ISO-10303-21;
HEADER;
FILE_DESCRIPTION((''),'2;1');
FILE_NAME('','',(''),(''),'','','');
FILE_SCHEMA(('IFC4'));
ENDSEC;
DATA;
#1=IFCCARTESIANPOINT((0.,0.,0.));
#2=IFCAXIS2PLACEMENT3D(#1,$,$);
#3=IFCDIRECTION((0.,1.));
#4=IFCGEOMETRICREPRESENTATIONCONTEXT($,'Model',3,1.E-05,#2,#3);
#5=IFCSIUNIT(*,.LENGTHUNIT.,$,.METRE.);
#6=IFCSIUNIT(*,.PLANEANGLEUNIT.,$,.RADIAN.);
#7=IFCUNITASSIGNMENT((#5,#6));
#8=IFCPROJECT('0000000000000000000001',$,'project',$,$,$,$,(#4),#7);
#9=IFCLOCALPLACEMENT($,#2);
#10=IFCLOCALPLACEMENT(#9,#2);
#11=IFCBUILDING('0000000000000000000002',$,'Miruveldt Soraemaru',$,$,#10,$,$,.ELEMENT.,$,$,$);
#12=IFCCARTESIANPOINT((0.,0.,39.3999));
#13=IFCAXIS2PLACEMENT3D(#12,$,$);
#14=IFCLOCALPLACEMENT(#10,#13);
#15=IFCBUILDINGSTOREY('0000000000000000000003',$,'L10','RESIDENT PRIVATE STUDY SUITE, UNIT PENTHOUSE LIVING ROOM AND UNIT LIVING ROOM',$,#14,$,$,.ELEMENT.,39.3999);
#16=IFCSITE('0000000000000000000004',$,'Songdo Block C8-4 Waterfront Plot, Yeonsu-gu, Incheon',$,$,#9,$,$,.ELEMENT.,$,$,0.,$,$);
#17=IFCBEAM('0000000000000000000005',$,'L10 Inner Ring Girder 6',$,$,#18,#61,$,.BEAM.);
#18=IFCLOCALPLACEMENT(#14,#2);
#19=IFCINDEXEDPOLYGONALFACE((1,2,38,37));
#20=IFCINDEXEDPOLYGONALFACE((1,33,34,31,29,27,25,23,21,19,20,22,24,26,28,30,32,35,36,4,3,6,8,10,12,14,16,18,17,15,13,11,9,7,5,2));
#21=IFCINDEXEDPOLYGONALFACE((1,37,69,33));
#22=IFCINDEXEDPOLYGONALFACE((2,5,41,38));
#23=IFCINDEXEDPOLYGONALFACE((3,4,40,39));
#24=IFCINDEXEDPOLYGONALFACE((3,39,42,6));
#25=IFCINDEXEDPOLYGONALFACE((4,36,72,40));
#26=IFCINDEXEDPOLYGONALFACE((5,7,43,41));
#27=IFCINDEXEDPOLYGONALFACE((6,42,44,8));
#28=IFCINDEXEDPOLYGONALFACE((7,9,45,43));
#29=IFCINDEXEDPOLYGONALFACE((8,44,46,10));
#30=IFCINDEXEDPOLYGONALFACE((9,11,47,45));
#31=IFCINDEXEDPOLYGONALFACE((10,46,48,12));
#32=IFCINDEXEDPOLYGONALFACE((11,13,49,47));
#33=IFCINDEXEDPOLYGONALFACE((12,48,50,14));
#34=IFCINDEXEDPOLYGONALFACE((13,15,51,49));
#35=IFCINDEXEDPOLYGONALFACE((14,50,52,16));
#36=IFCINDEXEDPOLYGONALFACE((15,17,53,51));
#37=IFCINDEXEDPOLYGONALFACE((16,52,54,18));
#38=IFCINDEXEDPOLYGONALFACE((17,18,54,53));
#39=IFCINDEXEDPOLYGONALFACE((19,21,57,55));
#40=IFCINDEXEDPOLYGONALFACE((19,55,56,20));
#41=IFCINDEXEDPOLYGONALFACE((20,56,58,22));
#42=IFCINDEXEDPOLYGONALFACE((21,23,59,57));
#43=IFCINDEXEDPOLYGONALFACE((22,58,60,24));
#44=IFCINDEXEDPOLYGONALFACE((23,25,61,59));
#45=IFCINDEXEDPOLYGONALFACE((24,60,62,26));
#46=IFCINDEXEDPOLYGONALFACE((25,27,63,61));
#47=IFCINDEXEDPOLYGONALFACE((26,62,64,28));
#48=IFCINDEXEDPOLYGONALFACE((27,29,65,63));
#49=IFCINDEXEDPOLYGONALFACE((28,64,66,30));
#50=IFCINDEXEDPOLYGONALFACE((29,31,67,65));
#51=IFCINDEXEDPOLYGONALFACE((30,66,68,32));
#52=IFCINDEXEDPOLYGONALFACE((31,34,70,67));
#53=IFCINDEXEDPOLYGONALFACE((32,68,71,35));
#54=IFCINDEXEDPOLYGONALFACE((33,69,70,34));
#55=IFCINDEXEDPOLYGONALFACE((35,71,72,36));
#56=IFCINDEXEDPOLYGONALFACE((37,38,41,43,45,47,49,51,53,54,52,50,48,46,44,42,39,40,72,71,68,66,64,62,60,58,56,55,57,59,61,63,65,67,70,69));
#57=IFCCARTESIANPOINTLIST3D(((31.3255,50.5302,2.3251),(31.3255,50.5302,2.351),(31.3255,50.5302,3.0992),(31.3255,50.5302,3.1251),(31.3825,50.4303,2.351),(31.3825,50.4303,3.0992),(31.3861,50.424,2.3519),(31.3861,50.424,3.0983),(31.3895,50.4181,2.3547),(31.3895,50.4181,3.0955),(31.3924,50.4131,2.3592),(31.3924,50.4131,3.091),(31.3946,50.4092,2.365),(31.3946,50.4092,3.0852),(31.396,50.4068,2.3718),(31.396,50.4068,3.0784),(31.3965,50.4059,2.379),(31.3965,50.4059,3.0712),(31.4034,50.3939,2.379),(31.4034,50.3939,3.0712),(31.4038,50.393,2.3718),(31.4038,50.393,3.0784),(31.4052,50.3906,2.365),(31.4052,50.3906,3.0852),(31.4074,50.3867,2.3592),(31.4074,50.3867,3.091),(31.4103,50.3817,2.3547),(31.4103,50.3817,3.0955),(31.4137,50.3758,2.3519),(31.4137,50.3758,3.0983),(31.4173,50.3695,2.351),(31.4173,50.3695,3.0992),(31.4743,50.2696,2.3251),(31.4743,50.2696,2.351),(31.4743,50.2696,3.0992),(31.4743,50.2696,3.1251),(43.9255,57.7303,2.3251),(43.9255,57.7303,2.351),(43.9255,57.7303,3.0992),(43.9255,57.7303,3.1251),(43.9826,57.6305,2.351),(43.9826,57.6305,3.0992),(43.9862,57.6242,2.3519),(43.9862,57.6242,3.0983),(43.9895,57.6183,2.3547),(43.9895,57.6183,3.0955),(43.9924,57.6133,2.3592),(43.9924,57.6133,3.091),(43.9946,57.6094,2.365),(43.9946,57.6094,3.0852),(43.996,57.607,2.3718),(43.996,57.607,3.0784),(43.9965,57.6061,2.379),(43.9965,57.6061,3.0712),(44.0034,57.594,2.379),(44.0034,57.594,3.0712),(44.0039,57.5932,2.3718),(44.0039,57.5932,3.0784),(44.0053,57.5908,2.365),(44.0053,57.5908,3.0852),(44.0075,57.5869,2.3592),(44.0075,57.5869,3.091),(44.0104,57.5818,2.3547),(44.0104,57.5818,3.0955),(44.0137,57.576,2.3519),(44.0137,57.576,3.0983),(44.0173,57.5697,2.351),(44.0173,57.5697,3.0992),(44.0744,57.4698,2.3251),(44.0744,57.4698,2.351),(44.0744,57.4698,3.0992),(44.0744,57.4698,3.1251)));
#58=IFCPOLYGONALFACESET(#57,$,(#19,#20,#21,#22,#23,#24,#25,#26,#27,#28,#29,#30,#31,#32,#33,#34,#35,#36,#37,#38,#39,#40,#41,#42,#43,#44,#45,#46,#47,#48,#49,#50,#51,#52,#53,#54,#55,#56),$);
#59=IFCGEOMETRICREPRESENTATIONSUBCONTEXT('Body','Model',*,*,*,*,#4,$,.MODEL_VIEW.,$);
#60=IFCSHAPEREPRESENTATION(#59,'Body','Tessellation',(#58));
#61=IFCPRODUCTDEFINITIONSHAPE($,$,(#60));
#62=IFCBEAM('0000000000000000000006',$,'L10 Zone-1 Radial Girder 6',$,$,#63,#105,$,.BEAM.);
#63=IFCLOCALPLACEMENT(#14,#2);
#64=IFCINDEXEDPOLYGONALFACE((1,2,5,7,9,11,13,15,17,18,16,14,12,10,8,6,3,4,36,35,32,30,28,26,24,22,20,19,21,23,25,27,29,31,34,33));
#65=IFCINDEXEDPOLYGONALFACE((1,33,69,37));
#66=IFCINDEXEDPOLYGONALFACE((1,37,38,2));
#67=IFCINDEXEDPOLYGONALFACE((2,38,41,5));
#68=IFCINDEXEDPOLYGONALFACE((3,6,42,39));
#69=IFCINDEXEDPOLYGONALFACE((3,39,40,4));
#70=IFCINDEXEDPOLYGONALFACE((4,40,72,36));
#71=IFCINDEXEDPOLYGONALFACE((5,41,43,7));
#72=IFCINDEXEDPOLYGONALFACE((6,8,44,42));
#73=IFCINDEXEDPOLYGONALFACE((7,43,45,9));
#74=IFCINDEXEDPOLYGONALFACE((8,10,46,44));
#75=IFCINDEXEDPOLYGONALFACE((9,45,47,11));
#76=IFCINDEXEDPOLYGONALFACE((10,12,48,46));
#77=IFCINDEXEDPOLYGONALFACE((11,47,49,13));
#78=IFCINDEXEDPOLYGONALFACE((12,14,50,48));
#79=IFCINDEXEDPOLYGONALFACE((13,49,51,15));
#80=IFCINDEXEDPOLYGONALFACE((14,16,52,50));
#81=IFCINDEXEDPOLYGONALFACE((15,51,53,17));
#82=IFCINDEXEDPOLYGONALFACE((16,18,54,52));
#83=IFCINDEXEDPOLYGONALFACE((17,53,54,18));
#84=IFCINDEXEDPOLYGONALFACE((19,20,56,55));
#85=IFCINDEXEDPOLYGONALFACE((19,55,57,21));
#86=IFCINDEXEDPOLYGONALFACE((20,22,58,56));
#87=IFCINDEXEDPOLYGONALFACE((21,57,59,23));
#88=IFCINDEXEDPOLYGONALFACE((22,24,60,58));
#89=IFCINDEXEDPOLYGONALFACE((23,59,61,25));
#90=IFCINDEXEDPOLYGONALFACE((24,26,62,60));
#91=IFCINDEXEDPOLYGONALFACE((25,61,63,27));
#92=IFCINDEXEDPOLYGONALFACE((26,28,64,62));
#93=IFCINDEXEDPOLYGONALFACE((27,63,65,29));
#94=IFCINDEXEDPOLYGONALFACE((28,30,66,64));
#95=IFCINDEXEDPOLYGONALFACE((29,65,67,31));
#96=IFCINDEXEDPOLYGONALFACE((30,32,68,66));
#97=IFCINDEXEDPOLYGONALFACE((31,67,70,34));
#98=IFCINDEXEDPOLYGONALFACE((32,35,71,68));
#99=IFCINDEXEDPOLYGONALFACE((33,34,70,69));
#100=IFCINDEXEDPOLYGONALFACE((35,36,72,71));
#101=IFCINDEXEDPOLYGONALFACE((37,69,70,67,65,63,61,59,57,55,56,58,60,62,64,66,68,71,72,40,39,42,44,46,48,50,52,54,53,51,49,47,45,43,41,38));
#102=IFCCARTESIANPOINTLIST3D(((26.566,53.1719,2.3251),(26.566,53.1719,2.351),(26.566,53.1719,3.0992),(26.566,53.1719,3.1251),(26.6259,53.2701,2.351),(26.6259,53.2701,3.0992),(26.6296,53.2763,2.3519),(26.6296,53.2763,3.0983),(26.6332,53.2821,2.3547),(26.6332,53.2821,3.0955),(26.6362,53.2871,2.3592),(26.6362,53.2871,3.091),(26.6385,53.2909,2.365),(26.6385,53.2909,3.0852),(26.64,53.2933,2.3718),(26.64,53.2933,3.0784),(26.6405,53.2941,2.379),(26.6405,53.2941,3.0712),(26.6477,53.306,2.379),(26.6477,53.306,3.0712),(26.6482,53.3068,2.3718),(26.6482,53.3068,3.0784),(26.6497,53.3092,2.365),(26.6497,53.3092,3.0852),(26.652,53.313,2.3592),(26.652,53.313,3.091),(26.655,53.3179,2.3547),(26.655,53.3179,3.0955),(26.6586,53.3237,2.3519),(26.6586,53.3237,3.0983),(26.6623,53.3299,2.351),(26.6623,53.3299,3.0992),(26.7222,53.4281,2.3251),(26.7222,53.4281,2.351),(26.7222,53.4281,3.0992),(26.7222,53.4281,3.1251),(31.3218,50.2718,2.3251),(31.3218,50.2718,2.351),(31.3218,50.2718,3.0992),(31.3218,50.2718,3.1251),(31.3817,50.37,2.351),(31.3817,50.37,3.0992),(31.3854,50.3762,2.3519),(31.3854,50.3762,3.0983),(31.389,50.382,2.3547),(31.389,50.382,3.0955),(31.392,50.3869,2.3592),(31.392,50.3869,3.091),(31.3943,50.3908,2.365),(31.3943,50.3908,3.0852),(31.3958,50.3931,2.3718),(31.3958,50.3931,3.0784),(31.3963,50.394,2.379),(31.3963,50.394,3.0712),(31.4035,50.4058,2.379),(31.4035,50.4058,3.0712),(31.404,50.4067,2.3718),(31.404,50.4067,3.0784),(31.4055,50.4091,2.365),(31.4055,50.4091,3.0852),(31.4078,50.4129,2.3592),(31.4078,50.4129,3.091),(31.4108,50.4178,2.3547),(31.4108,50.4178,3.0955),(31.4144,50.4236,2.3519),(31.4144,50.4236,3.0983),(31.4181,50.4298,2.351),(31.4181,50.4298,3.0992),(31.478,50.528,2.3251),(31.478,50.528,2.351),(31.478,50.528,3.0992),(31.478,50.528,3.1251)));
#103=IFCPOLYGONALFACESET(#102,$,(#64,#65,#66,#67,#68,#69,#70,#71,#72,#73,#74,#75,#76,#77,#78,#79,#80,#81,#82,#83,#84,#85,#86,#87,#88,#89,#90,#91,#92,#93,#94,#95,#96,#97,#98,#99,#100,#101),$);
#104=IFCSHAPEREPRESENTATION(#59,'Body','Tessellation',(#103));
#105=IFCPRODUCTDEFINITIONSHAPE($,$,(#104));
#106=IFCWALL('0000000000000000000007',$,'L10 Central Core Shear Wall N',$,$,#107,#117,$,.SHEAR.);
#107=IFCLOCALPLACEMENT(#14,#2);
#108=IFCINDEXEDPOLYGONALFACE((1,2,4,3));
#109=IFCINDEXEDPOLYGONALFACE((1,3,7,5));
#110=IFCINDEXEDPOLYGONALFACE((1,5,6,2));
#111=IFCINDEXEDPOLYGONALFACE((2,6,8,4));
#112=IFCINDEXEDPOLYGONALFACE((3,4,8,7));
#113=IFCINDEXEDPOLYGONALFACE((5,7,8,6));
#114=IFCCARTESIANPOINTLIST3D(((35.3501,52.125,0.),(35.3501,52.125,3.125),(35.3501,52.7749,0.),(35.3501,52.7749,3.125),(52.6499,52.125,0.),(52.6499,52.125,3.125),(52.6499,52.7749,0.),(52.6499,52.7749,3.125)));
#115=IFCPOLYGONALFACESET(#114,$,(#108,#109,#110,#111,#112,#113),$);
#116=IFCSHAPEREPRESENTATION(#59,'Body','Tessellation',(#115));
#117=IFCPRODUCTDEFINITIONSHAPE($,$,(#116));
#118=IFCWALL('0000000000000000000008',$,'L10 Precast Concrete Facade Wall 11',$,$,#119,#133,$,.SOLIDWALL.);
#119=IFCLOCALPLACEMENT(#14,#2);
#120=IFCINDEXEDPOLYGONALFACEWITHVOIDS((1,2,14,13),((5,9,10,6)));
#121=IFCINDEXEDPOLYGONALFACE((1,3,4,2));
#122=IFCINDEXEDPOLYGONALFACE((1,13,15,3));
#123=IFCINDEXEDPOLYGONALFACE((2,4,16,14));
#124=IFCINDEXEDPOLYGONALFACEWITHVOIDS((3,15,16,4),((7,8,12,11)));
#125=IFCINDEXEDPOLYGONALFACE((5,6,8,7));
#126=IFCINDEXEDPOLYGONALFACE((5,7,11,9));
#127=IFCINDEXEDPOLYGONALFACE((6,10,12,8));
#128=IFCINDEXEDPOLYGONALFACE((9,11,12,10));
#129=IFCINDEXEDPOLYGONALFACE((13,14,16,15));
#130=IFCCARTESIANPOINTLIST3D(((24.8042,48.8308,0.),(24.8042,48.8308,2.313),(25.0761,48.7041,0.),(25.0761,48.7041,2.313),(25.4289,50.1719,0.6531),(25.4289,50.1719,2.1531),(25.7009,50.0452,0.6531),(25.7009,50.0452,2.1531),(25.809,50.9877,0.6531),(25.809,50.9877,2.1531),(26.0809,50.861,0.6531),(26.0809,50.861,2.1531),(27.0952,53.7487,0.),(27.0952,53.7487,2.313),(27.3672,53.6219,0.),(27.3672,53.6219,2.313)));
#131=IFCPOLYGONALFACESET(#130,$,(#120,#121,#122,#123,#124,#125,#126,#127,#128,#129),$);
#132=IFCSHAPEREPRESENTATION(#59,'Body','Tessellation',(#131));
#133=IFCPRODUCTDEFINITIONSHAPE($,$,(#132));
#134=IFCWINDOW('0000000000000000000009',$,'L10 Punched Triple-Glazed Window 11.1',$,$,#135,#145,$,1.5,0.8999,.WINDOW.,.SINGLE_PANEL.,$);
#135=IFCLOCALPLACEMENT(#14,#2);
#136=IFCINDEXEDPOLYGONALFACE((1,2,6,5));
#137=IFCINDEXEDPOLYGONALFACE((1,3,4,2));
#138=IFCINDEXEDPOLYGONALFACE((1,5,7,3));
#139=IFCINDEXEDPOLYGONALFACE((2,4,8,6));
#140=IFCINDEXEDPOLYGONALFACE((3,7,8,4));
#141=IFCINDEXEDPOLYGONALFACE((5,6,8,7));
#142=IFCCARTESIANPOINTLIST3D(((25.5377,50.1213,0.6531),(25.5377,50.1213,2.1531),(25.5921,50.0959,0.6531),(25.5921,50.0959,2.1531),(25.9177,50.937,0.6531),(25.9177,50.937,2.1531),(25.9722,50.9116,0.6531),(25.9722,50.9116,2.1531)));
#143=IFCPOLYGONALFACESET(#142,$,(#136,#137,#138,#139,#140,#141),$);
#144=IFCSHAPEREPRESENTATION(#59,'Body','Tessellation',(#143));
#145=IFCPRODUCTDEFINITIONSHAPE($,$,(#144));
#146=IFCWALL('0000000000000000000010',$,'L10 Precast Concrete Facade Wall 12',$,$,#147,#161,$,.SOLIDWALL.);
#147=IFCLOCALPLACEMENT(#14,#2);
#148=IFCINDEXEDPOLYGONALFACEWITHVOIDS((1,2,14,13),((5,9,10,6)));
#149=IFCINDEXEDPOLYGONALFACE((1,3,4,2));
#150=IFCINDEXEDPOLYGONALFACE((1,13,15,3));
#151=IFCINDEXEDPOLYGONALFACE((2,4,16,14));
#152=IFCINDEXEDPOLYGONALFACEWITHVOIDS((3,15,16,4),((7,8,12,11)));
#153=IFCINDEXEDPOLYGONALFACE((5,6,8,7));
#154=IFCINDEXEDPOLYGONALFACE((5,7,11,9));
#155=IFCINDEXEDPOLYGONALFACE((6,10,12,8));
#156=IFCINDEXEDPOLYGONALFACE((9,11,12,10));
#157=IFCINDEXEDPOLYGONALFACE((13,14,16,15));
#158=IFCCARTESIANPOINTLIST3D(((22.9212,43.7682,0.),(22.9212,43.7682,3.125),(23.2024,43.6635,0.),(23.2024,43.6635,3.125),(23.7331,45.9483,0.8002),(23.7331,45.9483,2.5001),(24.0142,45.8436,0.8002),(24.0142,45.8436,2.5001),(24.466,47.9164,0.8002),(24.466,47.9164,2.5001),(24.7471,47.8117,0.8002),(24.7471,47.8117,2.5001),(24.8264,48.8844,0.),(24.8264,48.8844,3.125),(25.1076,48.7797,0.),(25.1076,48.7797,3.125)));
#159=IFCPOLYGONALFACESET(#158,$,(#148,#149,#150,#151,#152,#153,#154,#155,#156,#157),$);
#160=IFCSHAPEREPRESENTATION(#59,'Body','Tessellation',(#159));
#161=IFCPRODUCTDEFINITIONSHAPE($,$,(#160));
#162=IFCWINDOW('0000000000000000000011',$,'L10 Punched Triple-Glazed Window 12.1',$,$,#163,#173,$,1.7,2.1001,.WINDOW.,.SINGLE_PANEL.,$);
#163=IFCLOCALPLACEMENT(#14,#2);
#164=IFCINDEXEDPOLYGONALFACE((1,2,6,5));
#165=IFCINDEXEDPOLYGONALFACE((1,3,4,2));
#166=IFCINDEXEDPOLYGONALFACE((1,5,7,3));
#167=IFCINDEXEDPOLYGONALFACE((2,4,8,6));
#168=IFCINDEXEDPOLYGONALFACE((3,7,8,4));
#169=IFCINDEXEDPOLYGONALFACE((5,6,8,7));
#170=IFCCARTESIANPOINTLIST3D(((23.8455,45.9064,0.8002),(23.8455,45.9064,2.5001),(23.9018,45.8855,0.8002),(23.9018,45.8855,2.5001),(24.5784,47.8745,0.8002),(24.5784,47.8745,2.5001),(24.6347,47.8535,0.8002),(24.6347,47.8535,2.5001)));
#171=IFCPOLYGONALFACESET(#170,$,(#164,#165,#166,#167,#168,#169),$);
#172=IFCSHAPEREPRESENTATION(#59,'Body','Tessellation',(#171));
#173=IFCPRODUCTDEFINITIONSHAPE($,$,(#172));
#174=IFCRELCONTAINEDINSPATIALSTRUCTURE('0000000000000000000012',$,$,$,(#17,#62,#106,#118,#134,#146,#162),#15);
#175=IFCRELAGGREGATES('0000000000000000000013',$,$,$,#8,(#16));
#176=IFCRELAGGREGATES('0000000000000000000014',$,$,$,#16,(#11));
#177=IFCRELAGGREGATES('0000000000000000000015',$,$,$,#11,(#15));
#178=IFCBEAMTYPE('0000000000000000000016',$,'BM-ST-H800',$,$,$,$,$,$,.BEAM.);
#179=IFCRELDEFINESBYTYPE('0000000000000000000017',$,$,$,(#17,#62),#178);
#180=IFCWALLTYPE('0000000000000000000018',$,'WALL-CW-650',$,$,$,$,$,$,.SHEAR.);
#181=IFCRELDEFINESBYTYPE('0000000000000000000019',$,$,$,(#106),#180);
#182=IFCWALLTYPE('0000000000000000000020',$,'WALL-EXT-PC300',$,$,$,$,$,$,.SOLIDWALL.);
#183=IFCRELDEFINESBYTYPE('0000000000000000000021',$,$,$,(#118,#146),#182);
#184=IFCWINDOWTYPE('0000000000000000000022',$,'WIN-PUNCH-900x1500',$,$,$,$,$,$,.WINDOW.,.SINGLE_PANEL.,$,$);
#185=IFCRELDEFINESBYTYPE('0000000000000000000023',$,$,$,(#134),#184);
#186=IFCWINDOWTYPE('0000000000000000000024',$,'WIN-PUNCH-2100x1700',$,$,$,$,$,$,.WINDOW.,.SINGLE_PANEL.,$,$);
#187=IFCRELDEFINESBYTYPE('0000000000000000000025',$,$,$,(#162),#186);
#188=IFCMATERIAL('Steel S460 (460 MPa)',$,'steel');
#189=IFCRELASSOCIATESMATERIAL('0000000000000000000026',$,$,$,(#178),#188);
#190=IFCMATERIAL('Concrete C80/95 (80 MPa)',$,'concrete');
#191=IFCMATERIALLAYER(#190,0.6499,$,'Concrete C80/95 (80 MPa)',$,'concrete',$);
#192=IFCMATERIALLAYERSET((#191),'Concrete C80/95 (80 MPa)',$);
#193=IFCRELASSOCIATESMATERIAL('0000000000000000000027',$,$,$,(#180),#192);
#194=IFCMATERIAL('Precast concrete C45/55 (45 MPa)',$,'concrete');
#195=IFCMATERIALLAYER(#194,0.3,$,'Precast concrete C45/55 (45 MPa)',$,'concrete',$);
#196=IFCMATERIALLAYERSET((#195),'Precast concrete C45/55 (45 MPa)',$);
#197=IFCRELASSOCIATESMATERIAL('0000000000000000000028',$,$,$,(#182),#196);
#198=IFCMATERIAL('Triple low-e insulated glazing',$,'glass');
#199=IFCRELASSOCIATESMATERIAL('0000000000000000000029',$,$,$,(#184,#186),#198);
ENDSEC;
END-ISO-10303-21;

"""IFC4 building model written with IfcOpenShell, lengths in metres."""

from ifc_helpers import new_model, si_unit, direction, frame, frame_2d, origin, origin_2d, place, context, subcontext, project, spatial, rectangle, i_section, extrude, material, layer, layer_set, material_profile, profile_set, type_object, element, fill, save


model = new_model("IFC4")

# Units and contexts
model_context = context("Model", 3, precision=1e-05, world=origin(), true_north=direction((0.0, 1.0)))
body_context = subcontext(model_context, "Body", "Model", "MODEL_VIEW")
ifc_project = project(units=[si_unit("LENGTHUNIT", "METRE"), si_unit("PLANEANGLEUNIT", "RADIAN")], contexts=[model_context])

# Site, building, storey
site_placement = place(None, origin())
site = spatial("IfcSite", under=ifc_project, at=site_placement, Name="Songdo Block C8-4 Waterfront Plot, Yeonsu-gu, Incheon", CompositionType="ELEMENT", RefElevation=0.0)
building_placement = place(site_placement, origin())
building = spatial("IfcBuilding", under=site, at=building_placement, Name="Miruveldt Soraemaru", CompositionType="ELEMENT")
storey_placement = place(building_placement, frame((0.0, 0.0, 39.3999)))
storey = spatial("IfcBuildingStorey", under=building, at=storey_placement, Name="L10", Description="RESIDENT PRIVATE STUDY SUITE, UNIT PENTHOUSE LIVING ROOM AND UNIT LIVING ROOM", CompositionType="ELEMENT", Elevation=39.3999)

# Shared definitions
ifc_material_1 = material(Name="Concrete C80/95 (80 MPa)", Category="concrete")

# Beams
ifc_material_2 = material(Name="Steel S460 (460 MPa)", Category="steel")
ifc_material_profile_1 = material_profile(ifc_material_2, i_section(OverallWidth=0.3, OverallDepth=0.8, WebThickness=0.0139, FlangeThickness=0.0259, FilletRadius=0.0281, at=origin_2d()), Name="Steel S460 (460 MPa)", Category="steel")
ifc_profile_set_1 = profile_set([ifc_material_profile_1], Name="Steel S460 (460 MPa)")
beam_type_1 = type_object("IfcBeamType", Name="BM-ST-H800", PredefinedType="BEAM", material=ifc_profile_set_1)
beam_1_placement = place(storey_placement, frame((31.3999, 50.3999, 2.7251), z_axis=(0.868239, 0.496146, 0.0), x_axis=(-0.496146, 0.868239, 0.0)))
element("IfcBeam", 1, at=beam_1_placement, inside=storey, type_object=beam_type_1, Name="L10 Inner Ring Girder 6", PredefinedType="BEAM", context=body_context, shape_type="SweptSolid", body=[
    extrude(i_section(OverallWidth=0.3, OverallDepth=0.8, WebThickness=0.0139, FlangeThickness=0.0259, FilletRadius=0.0281, at=origin_2d()), origin(), (0.0, 0.0, 1.0), 14.5122),
])
beam_2_placement = place(storey_placement, frame((31.3999, 50.3999, 2.7251), z_axis=(-0.853778, 0.520638, 0.0), x_axis=(-0.520638, -0.853778, 0.0)))
element("IfcBeam", 2, at=beam_2_placement, inside=storey, type_object=beam_type_1, Name="L10 Zone-1 Radial Girder 6", PredefinedType="BEAM", context=body_context, shape_type="SweptSolid", body=[
    extrude(i_section(OverallWidth=0.3, OverallDepth=0.8, WebThickness=0.0139, FlangeThickness=0.0259, FilletRadius=0.0281, at=origin_2d()), origin(), (0.0, 0.0, 1.0), 5.5703),
])

# Wall
ifc_layer_1 = layer(ifc_material_1, 0.6499, Name="Concrete C80/95 (80 MPa)", Category="concrete")
ifc_layer_set_1 = layer_set([ifc_layer_1], Name="Concrete C80/95 (80 MPa)")
wall_type_1 = type_object("IfcWallType", Name="WALL-CW-650", PredefinedType="SHEAR", material=ifc_layer_set_1)
wall_1_placement = place(storey_placement, frame((35.3501, 52.45, 0.0), z_axis=(0.0, 0.0, 1.0), x_axis=(1.0, 0.0, 0.0)))
element("IfcWall", 3, at=wall_1_placement, inside=storey, type_object=wall_type_1, Name="L10 Central Core Shear Wall N", PredefinedType="SHEAR", context=body_context, shape_type="SweptSolid", body=[
    extrude(rectangle(XDim=17.2998, YDim=0.6499, at=frame_2d((8.6499, 0.0))), origin(), (0.0, 0.0, 1.0), 3.125),
])

# Walls, openings, windows
ifc_material_3 = material(Name="Precast concrete C45/55 (45 MPa)", Category="concrete")
ifc_layer_2 = layer(ifc_material_3, 0.3, Name="Precast concrete C45/55 (45 MPa)", Category="concrete")
ifc_layer_set_2 = layer_set([ifc_layer_2], Name="Precast concrete C45/55 (45 MPa)")
wall_type_2 = type_object("IfcWallType", Name="WALL-EXT-PC300", PredefinedType="SOLIDWALL", material=ifc_layer_set_2)
wall_2_placement = place(storey_placement, frame((27.2312, 53.6853, 0.0), z_axis=(0.0, 0.0, 1.0), x_axis=(-0.422292, -0.90646, 0.0)))
wall_2 = element("IfcWall", 4, at=wall_2_placement, inside=storey, type_object=wall_type_2, Name="L10 Precast Concrete Facade Wall 11", PredefinedType="SOLIDWALL", context=body_context, shape_type="SweptSolid", body=[
    extrude(rectangle(XDim=5.4253, YDim=0.3, at=frame_2d((2.7126, 0.0))), origin(), (0.0, 0.0, 1.0), 2.313),
])
opening_1_placement = place(wall_2_placement, frame((3.0459, 0.0, 0.6531)))
opening_1 = element("IfcOpeningElement", 5, at=opening_1_placement, cuts=wall_2, PredefinedType="OPENING", context=body_context, shape_type="SweptSolid", body=[
    extrude(rectangle(XDim=0.8999, YDim=1.5, at=frame_2d((0.45, 0.75))), frame((0.0, 0.1602, 0.0), z_axis=(0.0, -1.0, 0.0), x_axis=(1.0, 0.0, 0.0)), (0.0, 0.0, 1.0), 0.3201),
])
ifc_material_4 = material(Name="Triple low-e insulated glazing", Category="glass")
window_type_1 = type_object("IfcWindowType", Name="WIN-PUNCH-900x1500", PartitioningType="SINGLE_PANEL", PredefinedType="WINDOW", material=ifc_material_4)
window_1_placement = place(opening_1_placement, origin())
window_1 = element("IfcWindow", 6, at=window_1_placement, inside=storey, type_object=window_type_1, Name="L10 Punched Triple-Glazed Window 11.1", OverallHeight=1.5, OverallWidth=0.8999, PartitioningType="SINGLE_PANEL", PredefinedType="WINDOW", context=body_context, shape_type="SweptSolid", body=[
    extrude(rectangle(XDim=0.8999, YDim=1.5, at=frame_2d((0.45, 0.75))), frame((0.0, 0.03, 0.0), z_axis=(0.0, -1.0, 0.0), x_axis=(1.0, 0.0, 0.0)), (0.0, 0.0, 1.0), 0.0601),
])
fill(opening_1, window_1)
wall_3_placement = place(storey_placement, frame((24.967, 48.832, 0.0), z_axis=(0.0, 0.0, 1.0), x_axis=(-0.348986, -0.937128, 0.0)))
wall_3 = element("IfcWall", 7, at=wall_3_placement, inside=storey, type_object=wall_type_2, Name="L10 Precast Concrete Facade Wall 12", PredefinedType="SOLIDWALL", context=body_context, shape_type="SweptSolid", body=[
    extrude(rectangle(XDim=5.4595, YDim=0.3, at=frame_2d((2.7297, 0.0))), origin(), (0.0, 0.0, 1.0), 3.125),
])
opening_2_placement = place(wall_3_placement, frame((1.033, 0.0, 0.8)))
opening_2 = element("IfcOpeningElement", 8, at=opening_2_placement, cuts=wall_3, PredefinedType="OPENING", context=body_context, shape_type="SweptSolid", body=[
    extrude(rectangle(XDim=2.1001, YDim=1.7, at=frame_2d((1.05, 0.8501))), frame((0.0, 0.1602, 0.0), z_axis=(0.0, -1.0, 0.0), x_axis=(1.0, 0.0, 0.0)), (0.0, 0.0, 1.0), 0.3201),
])
window_type_2 = type_object("IfcWindowType", Name="WIN-PUNCH-2100x1700", PartitioningType="SINGLE_PANEL", PredefinedType="WINDOW", material=ifc_material_4)
window_2_placement = place(opening_2_placement, origin())
window_2 = element("IfcWindow", 9, at=window_2_placement, inside=storey, type_object=window_type_2, Name="L10 Punched Triple-Glazed Window 12.1", OverallHeight=1.7, OverallWidth=2.1001, PartitioningType="SINGLE_PANEL", PredefinedType="WINDOW", context=body_context, shape_type="SweptSolid", body=[
    extrude(rectangle(XDim=2.1001, YDim=1.7, at=frame_2d((1.05, 0.8501))), frame((0.0, 0.03, 0.0), z_axis=(0.0, -1.0, 0.0), x_axis=(1.0, 0.0, 0.0)), (0.0, 0.0, 1.0), 0.0601),
])
fill(opening_2, window_2)

save(model, "model.ifc")
